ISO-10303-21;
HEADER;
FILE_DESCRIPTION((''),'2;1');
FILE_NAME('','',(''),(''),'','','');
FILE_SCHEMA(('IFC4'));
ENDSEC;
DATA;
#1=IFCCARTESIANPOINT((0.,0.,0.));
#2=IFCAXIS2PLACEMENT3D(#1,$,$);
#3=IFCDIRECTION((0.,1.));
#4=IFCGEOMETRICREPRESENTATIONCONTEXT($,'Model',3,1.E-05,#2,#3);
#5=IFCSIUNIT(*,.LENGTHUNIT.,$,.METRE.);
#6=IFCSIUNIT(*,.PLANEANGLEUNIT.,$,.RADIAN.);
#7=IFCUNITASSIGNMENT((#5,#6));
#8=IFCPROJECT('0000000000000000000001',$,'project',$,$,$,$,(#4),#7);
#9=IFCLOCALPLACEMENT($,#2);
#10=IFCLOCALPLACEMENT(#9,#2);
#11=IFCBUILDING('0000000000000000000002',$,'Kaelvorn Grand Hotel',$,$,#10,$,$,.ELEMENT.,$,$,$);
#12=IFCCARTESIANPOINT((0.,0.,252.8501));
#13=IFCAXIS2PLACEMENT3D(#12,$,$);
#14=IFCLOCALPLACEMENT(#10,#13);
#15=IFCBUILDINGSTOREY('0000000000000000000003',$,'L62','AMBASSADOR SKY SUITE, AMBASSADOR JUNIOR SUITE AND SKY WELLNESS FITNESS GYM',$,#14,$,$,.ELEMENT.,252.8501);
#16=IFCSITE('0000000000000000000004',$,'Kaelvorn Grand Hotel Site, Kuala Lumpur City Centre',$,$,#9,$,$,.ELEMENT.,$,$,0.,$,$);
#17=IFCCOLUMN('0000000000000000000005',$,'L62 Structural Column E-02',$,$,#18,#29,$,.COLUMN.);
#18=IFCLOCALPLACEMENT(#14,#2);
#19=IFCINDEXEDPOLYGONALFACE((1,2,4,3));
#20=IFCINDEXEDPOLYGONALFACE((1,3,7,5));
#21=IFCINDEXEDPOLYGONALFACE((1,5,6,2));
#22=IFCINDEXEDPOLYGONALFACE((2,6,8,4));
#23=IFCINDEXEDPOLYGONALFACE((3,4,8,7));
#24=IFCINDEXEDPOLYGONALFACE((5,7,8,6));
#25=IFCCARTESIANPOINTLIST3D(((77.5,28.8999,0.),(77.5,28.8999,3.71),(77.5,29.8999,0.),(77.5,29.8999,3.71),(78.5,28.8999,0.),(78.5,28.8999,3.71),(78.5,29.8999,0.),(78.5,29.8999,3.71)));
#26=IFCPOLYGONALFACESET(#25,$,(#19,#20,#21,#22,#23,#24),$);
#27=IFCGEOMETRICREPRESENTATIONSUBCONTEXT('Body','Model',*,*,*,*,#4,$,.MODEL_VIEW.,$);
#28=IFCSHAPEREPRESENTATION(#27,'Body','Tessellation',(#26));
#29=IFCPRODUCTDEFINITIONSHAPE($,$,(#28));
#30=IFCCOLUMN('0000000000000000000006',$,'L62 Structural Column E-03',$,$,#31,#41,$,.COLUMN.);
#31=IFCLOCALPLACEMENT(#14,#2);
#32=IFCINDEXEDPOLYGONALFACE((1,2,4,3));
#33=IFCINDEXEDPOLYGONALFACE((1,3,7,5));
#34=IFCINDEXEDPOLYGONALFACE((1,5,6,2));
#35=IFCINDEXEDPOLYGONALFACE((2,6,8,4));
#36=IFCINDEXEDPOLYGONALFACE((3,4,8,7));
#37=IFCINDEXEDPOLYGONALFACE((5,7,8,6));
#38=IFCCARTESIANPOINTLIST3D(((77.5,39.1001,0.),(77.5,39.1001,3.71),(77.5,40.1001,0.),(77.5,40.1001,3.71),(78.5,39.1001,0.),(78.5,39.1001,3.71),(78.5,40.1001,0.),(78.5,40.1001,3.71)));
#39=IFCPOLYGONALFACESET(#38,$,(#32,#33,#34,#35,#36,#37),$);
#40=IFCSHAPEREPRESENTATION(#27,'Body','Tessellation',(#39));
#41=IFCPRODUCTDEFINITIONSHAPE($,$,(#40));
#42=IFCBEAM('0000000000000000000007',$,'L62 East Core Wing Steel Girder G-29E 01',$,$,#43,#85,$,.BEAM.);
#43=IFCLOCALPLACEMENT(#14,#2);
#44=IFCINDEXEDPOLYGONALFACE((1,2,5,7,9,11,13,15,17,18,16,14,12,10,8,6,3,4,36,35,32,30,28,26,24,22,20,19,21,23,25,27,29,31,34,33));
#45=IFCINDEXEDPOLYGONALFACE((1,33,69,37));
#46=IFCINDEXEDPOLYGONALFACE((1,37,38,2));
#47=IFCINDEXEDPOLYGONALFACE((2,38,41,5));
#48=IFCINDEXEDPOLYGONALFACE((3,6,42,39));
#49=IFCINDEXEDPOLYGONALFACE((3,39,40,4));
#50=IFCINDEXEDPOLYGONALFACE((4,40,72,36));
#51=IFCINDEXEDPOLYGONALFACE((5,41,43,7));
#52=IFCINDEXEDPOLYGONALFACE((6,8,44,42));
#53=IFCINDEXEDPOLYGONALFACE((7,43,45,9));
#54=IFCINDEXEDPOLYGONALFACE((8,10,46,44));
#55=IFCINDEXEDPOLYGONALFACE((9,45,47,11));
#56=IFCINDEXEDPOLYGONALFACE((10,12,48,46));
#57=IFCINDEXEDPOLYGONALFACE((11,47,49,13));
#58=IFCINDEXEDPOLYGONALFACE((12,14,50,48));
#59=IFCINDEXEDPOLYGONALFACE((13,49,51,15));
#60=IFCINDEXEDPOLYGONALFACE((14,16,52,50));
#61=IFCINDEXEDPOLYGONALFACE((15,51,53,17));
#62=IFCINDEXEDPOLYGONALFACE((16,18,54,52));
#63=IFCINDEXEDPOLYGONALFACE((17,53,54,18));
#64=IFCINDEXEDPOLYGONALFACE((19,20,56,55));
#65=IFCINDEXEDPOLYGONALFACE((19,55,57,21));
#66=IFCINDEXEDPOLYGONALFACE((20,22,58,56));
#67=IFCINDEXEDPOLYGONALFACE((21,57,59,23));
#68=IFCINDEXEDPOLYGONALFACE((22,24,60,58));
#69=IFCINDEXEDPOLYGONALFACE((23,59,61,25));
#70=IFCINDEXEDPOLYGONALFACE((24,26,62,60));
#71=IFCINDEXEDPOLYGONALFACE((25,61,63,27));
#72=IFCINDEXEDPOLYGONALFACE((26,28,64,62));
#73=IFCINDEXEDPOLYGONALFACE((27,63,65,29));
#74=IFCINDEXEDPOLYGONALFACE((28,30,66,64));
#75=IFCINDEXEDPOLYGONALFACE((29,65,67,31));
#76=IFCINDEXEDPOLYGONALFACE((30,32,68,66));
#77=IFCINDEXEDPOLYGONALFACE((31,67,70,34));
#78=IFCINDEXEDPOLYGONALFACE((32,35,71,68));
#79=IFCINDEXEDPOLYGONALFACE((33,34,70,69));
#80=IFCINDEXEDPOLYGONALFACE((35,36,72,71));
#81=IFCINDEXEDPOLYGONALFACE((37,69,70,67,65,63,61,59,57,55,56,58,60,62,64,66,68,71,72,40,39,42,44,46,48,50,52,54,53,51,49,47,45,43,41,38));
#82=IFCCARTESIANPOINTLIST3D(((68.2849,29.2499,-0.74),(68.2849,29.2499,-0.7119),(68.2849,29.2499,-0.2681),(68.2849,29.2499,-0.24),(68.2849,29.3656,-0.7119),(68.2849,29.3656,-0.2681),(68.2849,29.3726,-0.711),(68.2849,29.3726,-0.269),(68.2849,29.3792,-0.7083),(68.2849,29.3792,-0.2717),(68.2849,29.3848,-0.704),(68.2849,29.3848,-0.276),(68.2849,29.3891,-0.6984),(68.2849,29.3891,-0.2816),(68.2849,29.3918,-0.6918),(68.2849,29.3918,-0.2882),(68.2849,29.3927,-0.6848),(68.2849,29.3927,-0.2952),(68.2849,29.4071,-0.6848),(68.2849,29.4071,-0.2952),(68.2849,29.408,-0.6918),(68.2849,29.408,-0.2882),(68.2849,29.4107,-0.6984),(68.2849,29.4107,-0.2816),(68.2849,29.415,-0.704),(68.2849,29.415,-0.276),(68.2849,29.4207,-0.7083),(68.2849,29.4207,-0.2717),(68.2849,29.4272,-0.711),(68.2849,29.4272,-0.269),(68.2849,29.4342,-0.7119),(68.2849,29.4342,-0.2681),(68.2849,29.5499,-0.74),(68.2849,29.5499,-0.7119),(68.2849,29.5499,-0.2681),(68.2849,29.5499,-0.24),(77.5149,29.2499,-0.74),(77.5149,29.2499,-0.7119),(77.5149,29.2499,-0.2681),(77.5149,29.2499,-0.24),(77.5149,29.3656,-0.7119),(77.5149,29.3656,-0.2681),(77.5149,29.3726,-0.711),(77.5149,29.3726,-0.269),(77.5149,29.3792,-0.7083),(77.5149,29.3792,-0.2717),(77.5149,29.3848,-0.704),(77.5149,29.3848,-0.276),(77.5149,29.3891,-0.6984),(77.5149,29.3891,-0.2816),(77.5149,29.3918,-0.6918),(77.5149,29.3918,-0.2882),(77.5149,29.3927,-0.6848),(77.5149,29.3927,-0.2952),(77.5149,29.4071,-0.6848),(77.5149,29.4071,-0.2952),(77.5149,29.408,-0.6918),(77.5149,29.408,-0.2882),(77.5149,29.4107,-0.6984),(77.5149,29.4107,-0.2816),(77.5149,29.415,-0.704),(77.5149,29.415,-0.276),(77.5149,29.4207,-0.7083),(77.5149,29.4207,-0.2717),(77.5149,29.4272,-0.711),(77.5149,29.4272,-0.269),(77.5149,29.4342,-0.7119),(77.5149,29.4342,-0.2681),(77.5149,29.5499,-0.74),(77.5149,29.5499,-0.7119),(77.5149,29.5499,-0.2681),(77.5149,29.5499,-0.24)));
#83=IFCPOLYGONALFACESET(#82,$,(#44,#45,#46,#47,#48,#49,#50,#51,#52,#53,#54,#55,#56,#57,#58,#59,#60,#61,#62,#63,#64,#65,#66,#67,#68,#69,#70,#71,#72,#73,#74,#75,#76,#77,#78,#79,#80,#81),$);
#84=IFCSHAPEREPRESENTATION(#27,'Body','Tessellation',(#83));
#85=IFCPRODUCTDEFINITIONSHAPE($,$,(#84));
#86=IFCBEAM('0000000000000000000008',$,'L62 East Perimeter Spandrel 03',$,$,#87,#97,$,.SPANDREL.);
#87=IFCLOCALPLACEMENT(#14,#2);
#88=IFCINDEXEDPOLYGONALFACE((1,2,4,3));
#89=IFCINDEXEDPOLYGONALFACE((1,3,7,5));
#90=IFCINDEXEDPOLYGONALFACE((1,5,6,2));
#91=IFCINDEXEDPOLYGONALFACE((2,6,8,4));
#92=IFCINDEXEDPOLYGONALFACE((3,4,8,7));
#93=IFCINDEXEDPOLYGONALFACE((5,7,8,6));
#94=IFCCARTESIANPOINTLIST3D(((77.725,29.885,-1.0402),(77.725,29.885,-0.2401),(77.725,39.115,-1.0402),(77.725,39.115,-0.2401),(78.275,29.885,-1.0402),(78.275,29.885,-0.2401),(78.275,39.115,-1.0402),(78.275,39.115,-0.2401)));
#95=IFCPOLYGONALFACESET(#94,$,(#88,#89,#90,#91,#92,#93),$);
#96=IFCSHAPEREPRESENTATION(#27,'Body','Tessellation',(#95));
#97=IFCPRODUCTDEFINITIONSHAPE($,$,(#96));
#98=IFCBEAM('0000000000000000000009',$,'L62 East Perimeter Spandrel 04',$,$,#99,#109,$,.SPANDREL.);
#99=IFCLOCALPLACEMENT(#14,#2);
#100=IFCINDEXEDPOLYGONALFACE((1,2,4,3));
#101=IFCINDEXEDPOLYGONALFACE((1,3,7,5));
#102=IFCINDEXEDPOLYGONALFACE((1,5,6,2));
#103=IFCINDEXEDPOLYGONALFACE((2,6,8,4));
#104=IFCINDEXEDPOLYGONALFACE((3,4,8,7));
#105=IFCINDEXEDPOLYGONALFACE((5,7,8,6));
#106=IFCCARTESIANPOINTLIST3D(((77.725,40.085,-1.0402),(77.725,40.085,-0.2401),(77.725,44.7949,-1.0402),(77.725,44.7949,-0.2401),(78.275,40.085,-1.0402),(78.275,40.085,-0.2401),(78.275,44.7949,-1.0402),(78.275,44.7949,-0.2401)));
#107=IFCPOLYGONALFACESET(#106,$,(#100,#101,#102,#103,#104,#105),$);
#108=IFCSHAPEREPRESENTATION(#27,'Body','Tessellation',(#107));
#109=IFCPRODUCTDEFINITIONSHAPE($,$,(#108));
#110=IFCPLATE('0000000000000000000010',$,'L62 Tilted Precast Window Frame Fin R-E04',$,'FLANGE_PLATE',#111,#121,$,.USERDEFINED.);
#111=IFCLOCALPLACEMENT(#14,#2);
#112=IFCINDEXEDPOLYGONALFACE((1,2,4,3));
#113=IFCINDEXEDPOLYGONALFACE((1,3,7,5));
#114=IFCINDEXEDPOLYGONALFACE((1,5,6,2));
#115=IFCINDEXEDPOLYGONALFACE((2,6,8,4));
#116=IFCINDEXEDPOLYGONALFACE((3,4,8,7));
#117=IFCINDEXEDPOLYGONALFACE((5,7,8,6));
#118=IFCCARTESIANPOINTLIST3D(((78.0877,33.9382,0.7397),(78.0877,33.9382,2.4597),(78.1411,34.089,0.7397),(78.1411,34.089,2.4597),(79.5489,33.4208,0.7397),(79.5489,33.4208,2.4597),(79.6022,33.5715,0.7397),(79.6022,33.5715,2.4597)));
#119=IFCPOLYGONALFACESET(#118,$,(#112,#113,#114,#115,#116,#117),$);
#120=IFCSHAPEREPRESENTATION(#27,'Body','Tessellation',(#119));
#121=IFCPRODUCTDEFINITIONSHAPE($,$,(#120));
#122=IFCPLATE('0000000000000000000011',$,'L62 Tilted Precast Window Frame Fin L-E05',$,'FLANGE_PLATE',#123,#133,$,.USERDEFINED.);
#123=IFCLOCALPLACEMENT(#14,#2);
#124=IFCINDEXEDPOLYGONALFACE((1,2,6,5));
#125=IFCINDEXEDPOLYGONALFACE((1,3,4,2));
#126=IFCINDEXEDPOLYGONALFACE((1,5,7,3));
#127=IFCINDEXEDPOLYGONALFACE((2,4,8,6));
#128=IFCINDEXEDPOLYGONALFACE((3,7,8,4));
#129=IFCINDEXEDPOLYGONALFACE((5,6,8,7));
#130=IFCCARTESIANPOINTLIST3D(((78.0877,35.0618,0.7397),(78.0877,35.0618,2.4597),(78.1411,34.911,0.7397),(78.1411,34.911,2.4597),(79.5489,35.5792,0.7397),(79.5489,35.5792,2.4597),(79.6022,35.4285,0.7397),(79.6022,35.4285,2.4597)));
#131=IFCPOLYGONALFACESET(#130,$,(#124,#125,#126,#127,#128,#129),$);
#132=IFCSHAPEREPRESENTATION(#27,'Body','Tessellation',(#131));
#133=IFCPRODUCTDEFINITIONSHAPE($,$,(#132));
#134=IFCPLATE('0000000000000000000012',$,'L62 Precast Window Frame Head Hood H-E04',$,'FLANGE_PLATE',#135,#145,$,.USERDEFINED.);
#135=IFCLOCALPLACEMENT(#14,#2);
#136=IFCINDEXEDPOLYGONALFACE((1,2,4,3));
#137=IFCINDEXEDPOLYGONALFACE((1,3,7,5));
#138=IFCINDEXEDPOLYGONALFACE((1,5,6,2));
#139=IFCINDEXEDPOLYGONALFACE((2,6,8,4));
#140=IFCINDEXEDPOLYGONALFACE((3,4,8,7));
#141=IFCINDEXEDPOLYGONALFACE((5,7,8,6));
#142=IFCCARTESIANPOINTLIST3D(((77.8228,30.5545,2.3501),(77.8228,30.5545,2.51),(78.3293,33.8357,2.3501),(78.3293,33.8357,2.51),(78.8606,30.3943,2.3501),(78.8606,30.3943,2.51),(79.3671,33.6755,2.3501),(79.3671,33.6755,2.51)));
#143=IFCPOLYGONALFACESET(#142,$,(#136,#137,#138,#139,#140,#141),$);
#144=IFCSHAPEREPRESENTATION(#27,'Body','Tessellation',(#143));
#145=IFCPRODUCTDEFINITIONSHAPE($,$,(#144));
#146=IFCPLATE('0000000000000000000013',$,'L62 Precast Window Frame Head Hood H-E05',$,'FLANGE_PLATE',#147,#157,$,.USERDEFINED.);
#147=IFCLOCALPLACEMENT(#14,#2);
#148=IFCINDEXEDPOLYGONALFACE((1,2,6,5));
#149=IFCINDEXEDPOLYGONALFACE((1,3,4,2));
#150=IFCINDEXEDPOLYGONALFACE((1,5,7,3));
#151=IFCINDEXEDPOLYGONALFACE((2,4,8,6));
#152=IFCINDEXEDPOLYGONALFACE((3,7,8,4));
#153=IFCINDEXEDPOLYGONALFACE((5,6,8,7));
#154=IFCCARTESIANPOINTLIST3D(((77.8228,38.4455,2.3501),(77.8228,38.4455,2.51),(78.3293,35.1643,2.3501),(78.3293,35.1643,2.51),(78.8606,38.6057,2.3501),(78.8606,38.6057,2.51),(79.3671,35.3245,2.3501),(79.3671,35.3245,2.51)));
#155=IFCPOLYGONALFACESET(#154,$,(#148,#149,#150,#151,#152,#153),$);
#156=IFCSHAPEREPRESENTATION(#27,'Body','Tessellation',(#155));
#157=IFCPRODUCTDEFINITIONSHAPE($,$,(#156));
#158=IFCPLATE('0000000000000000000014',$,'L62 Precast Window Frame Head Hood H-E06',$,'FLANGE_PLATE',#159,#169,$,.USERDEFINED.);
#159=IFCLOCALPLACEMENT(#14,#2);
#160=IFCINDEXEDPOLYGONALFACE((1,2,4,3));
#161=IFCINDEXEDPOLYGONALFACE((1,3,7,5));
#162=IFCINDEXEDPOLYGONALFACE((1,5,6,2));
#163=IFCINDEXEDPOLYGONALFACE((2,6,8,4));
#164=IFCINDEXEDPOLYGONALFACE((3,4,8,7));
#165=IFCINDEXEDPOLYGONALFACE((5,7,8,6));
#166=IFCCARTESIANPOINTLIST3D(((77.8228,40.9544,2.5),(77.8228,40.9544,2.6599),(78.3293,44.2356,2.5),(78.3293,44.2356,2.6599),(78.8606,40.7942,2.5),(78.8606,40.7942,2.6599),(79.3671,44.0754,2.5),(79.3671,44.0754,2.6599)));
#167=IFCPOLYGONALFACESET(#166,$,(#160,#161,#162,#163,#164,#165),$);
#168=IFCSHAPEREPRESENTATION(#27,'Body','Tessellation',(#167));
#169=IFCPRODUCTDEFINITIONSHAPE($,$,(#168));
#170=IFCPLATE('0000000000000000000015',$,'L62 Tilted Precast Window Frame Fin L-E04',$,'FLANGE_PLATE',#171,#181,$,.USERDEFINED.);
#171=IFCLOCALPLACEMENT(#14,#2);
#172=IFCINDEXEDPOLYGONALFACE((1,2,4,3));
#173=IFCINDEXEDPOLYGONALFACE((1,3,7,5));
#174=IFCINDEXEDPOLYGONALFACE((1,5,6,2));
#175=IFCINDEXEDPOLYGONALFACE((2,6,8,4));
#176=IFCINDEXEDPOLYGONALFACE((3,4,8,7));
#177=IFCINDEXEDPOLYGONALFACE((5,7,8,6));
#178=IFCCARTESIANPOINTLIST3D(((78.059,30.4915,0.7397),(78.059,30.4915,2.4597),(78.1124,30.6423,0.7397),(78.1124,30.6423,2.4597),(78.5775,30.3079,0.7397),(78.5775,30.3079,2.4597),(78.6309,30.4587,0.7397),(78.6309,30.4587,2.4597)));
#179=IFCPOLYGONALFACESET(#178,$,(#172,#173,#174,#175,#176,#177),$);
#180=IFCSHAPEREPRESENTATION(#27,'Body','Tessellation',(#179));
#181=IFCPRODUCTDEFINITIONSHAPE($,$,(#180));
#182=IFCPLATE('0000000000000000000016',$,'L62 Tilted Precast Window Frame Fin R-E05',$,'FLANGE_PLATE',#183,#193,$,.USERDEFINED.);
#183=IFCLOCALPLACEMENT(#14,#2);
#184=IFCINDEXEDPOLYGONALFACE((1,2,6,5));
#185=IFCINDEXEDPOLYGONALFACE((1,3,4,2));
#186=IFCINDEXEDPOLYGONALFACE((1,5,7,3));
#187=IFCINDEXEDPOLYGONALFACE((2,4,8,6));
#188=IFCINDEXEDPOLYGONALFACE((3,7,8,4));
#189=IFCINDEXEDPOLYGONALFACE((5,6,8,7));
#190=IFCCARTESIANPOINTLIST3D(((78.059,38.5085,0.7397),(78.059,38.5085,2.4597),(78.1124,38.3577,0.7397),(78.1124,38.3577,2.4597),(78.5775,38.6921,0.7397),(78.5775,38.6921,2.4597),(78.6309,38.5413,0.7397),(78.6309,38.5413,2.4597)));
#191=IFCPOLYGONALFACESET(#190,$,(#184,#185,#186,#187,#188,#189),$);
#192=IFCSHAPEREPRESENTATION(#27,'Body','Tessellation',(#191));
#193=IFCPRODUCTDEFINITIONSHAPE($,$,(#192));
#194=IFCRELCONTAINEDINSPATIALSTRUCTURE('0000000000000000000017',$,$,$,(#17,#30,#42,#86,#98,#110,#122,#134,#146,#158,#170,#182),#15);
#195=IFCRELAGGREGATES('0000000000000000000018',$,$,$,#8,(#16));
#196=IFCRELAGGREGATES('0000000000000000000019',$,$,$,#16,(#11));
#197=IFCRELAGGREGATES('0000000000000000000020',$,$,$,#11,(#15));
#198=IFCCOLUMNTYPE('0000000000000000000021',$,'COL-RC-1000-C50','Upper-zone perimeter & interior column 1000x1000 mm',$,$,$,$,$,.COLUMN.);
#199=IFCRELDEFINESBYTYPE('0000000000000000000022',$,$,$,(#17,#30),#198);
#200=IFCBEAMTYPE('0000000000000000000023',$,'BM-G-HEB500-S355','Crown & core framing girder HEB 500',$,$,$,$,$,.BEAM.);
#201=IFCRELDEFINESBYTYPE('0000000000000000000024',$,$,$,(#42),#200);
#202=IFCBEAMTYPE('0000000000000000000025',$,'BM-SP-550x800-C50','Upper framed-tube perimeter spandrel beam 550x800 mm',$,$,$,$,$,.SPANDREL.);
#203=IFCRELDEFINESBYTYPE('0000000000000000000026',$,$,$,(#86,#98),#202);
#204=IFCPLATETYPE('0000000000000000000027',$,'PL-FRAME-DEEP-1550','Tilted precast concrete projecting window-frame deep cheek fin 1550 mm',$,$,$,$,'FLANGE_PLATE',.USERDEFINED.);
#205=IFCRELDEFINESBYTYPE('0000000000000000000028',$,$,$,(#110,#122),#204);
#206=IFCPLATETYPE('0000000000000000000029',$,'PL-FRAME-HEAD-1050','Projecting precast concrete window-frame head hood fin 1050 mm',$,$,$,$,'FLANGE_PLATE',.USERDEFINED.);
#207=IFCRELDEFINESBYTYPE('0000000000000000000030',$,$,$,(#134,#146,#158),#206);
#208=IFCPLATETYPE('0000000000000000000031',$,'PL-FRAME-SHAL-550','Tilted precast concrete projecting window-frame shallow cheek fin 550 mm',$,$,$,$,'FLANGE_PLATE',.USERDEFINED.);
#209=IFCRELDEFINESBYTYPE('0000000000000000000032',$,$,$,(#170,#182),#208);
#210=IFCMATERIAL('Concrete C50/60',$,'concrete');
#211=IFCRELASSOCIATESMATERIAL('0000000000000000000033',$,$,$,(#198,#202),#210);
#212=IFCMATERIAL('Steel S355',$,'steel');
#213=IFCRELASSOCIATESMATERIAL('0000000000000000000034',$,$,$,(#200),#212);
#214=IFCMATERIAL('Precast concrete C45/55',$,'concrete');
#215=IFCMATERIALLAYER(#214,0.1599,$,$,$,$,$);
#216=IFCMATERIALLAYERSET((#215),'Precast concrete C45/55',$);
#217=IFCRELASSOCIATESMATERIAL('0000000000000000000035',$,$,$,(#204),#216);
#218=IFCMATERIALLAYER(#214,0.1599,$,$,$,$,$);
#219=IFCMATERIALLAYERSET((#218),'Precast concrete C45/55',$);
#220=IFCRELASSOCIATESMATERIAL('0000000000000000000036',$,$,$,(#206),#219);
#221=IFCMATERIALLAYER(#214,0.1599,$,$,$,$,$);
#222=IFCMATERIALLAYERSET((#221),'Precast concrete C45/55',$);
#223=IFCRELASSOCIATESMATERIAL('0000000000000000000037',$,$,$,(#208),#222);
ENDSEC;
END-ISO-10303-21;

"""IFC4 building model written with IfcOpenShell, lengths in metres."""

from ifc_helpers import new_model, si_unit, direction, frame, origin, origin_2d, place, context, subcontext, project, spatial, rectangle, i_section, extrude, material, layer, layer_set, material_profile, profile_set, type_object, element, save


model = new_model("IFC4")

# Units and contexts
model_context = context("Model", 3, precision=1e-05, world=origin(), true_north=direction((0.0, 1.0)))
body_context = subcontext(model_context, "Body", "Model", "MODEL_VIEW")
ifc_project = project(units=[si_unit("LENGTHUNIT", "METRE"), si_unit("PLANEANGLEUNIT", "RADIAN")], contexts=[model_context])

# Site, building, storey
site_placement = place(None, origin())
site = spatial("IfcSite", under=ifc_project, at=site_placement, Name="Kaelvorn Grand Hotel Site, Kuala Lumpur City Centre", CompositionType="ELEMENT", RefElevation=0.0)
building_placement = place(site_placement, origin())
building = spatial("IfcBuilding", under=site, at=building_placement, Name="Kaelvorn Grand Hotel", CompositionType="ELEMENT")
storey_placement = place(building_placement, frame((0.0, 0.0, 252.8501)))
storey = spatial("IfcBuildingStorey", under=building, at=storey_placement, Name="L62", Description="AMBASSADOR SKY SUITE, AMBASSADOR JUNIOR SUITE AND SKY WELLNESS FITNESS GYM", CompositionType="ELEMENT", Elevation=252.8501)

# Columns
ifc_material_1 = material(Name="Concrete C50/60", Category="concrete")
ifc_material_profile_1 = material_profile(ifc_material_1, rectangle(XDim=1.0, YDim=1.0, at=origin_2d()), Name="RC COL 1000x1000")
ifc_profile_set_1 = profile_set([ifc_material_profile_1], Name="Concrete C50/60")
column_type = type_object("IfcColumnType", Name="COL-RC-1000-C50", Description="Upper-zone perimeter & interior column 1000x1000 mm", PredefinedType="COLUMN", material=ifc_profile_set_1)
for number, where, z_axis, x_axis, name in (
    (1, (78.0, 29.3999, 0.0), (0.0, 0.0, 1.0), (1.0, 0.0, 0.0), "L62 Structural Column E-02"),
    (2, (78.0, 39.6001, 0.0), (0.0, 0.0, 1.0), (1.0, 0.0, 0.0), "L62 Structural Column E-03"),
):
    element("IfcColumn", number, at=place(storey_placement, frame(where, z_axis=z_axis, x_axis=x_axis)), inside=storey, type_object=column_type, Name=name, PredefinedType="COLUMN", context=body_context, shape_type="SweptSolid", body=[
        extrude(rectangle(XDim=1.0, YDim=1.0, at=origin_2d()), origin(), (0.0, 0.0, 1.0), 3.71),
    ])

# Beams
ifc_material_2 = material(Name="Steel S355", Category="steel")
ifc_material_profile_2 = material_profile(ifc_material_2, i_section(OverallWidth=0.3, OverallDepth=0.5, WebThickness=0.0144, FlangeThickness=0.0281, FilletRadius=0.0271, at=origin_2d()), Name="HEB 500")
ifc_profile_set_2 = profile_set([ifc_material_profile_2], Name="Steel S355")
beam_type_1 = type_object("IfcBeamType", Name="BM-G-HEB500-S355", Description="Crown & core framing girder HEB 500", PredefinedType="BEAM", material=ifc_profile_set_2)
beam_1_placement = place(storey_placement, frame((68.2849, 29.3999, -0.49), z_axis=(1.0, 0.0, 0.0), x_axis=(0.0, 1.0, 0.0)))
element("IfcBeam", 3, at=beam_1_placement, inside=storey, type_object=beam_type_1, Name="L62 East Core Wing Steel Girder G-29E 01", PredefinedType="BEAM", context=body_context, shape_type="SweptSolid", body=[
    extrude(i_section(OverallWidth=0.3, OverallDepth=0.5, WebThickness=0.0144, FlangeThickness=0.0281, FilletRadius=0.0271, at=origin_2d()), origin(), (0.0, 0.0, 1.0), 9.23),
])
ifc_material_profile_3 = material_profile(ifc_material_1, rectangle(XDim=0.55, YDim=0.8, at=origin_2d()), Name="RC SPANDREL 550x800")
ifc_profile_set_3 = profile_set([ifc_material_profile_3], Name="Concrete C50/60")
beam_type_2 = type_object("IfcBeamType", Name="BM-SP-550x800-C50", Description="Upper framed-tube perimeter spandrel beam 550x800 mm", PredefinedType="SPANDREL", material=ifc_profile_set_3)
beam_2_placement = place(storey_placement, frame((78.0, 29.885, -0.6401), z_axis=(0.0, 1.0, 0.0), x_axis=(-1.0, 0.0, 0.0)))
element("IfcBeam", 4, at=beam_2_placement, inside=storey, type_object=beam_type_2, Name="L62 East Perimeter Spandrel 03", PredefinedType="SPANDREL", context=body_context, shape_type="SweptSolid", body=[
    extrude(rectangle(XDim=0.55, YDim=0.8, at=origin_2d()), origin(), (0.0, 0.0, 1.0), 9.23),
])
beam_3_placement = place(storey_placement, frame((78.0, 40.085, -0.6401), z_axis=(0.0, 1.0, 0.0), x_axis=(-1.0, 0.0, 0.0)))
element("IfcBeam", 5, at=beam_3_placement, inside=storey, type_object=beam_type_2, Name="L62 East Perimeter Spandrel 04", PredefinedType="SPANDREL", context=body_context, shape_type="SweptSolid", body=[
    extrude(rectangle(XDim=0.55, YDim=0.8, at=origin_2d()), origin(), (0.0, 0.0, 1.0), 4.71),
])

# Plates
ifc_material_3 = material(Name="Precast concrete C45/55", Category="concrete")
ifc_layer_1 = layer(ifc_material_3, 0.1599)
ifc_layer_set_1 = layer_set([ifc_layer_1], Name="Precast concrete C45/55")
plate_type_1 = type_object("IfcPlateType", Name="PL-FRAME-DEEP-1550", Description="Tilted precast concrete projecting window-frame deep cheek fin 1550 mm", ElementType="FLANGE_PLATE", PredefinedType="USERDEFINED", material=ifc_layer_set_1)
for number, where, z_axis, x_axis, name in (
    (6, (78.845, 33.7549, 0.7397), (0.0, 0.0, 1.0), (0.333807, 0.942641, 0.0), "L62 Tilted Precast Window Frame Fin R-E04"),
    (7, (78.845, 35.2451, 0.7397), (0.0, 0.0, 1.0), (-0.333807, 0.942641, 0.0), "L62 Tilted Precast Window Frame Fin L-E05"),
):
    element("IfcPlate", number, at=place(storey_placement, frame(where, z_axis=z_axis, x_axis=x_axis)), inside=storey, type_object=plate_type_1, Name=name, ObjectType="FLANGE_PLATE", PredefinedType="USERDEFINED", context=body_context, shape_type="SweptSolid", body=[
        extrude(rectangle(XDim=0.1599, YDim=1.55, at=origin_2d()), origin(), (0.0, 0.0, 1.0), 1.72),
    ])
ifc_layer_2 = layer(ifc_material_3, 0.1599)
ifc_layer_set_2 = layer_set([ifc_layer_2], Name="Precast concrete C45/55")
plate_type_2 = type_object("IfcPlateType", Name="PL-FRAME-HEAD-1050", Description="Projecting precast concrete window-frame head hood fin 1050 mm", ElementType="FLANGE_PLATE", PredefinedType="USERDEFINED", material=ifc_layer_set_2)
for number, where, z_axis, x_axis, name in (
    (8, (78.595, 32.115, 2.3501), (0.0, 0.0, 1.0), (0.152555, 0.988295, 0.0), "L62 Precast Window Frame Head Hood H-E04"),
    (9, (78.595, 36.885, 2.3501), (0.0, 0.0, 1.0), (-0.152555, 0.988295, 0.0), "L62 Precast Window Frame Head Hood H-E05"),
    (10, (78.595, 42.5149, 2.5), (0.0, 0.0, 1.0), (0.152555, 0.988295, 0.0), "L62 Precast Window Frame Head Hood H-E06"),
):
    element("IfcPlate", number, at=place(storey_placement, frame(where, z_axis=z_axis, x_axis=x_axis)), inside=storey, type_object=plate_type_2, Name=name, ObjectType="FLANGE_PLATE", PredefinedType="USERDEFINED", context=body_context, shape_type="SweptSolid", body=[
        extrude(rectangle(XDim=3.3201, YDim=1.05, at=origin_2d()), origin(), (0.0, 0.0, 1.0), 0.1599),
    ])
ifc_layer_3 = layer(ifc_material_3, 0.1599)
ifc_layer_set_3 = layer_set([ifc_layer_3], Name="Precast concrete C45/55")
plate_type_3 = type_object("IfcPlateType", Name="PL-FRAME-SHAL-550", Description="Tilted precast concrete projecting window-frame shallow cheek fin 550 mm", ElementType="FLANGE_PLATE", PredefinedType="USERDEFINED", material=ifc_layer_set_3)
for number, where, z_axis, x_axis, name in (
    (11, (78.345, 30.4751, 0.7397), (0.0, 0.0, 1.0), (0.333807, 0.942641, 0.0), "L62 Tilted Precast Window Frame Fin L-E04"),
    (12, (78.345, 38.5249, 0.7397), (0.0, 0.0, 1.0), (-0.333807, 0.942641, 0.0), "L62 Tilted Precast Window Frame Fin R-E05"),
):
    element("IfcPlate", number, at=place(storey_placement, frame(where, z_axis=z_axis, x_axis=x_axis)), inside=storey, type_object=plate_type_3, Name=name, ObjectType="FLANGE_PLATE", PredefinedType="USERDEFINED", context=body_context, shape_type="SweptSolid", body=[
        extrude(rectangle(XDim=0.1599, YDim=0.55, at=origin_2d()), origin(), (0.0, 0.0, 1.0), 1.72),
    ])

save(model, "model.ifc")
